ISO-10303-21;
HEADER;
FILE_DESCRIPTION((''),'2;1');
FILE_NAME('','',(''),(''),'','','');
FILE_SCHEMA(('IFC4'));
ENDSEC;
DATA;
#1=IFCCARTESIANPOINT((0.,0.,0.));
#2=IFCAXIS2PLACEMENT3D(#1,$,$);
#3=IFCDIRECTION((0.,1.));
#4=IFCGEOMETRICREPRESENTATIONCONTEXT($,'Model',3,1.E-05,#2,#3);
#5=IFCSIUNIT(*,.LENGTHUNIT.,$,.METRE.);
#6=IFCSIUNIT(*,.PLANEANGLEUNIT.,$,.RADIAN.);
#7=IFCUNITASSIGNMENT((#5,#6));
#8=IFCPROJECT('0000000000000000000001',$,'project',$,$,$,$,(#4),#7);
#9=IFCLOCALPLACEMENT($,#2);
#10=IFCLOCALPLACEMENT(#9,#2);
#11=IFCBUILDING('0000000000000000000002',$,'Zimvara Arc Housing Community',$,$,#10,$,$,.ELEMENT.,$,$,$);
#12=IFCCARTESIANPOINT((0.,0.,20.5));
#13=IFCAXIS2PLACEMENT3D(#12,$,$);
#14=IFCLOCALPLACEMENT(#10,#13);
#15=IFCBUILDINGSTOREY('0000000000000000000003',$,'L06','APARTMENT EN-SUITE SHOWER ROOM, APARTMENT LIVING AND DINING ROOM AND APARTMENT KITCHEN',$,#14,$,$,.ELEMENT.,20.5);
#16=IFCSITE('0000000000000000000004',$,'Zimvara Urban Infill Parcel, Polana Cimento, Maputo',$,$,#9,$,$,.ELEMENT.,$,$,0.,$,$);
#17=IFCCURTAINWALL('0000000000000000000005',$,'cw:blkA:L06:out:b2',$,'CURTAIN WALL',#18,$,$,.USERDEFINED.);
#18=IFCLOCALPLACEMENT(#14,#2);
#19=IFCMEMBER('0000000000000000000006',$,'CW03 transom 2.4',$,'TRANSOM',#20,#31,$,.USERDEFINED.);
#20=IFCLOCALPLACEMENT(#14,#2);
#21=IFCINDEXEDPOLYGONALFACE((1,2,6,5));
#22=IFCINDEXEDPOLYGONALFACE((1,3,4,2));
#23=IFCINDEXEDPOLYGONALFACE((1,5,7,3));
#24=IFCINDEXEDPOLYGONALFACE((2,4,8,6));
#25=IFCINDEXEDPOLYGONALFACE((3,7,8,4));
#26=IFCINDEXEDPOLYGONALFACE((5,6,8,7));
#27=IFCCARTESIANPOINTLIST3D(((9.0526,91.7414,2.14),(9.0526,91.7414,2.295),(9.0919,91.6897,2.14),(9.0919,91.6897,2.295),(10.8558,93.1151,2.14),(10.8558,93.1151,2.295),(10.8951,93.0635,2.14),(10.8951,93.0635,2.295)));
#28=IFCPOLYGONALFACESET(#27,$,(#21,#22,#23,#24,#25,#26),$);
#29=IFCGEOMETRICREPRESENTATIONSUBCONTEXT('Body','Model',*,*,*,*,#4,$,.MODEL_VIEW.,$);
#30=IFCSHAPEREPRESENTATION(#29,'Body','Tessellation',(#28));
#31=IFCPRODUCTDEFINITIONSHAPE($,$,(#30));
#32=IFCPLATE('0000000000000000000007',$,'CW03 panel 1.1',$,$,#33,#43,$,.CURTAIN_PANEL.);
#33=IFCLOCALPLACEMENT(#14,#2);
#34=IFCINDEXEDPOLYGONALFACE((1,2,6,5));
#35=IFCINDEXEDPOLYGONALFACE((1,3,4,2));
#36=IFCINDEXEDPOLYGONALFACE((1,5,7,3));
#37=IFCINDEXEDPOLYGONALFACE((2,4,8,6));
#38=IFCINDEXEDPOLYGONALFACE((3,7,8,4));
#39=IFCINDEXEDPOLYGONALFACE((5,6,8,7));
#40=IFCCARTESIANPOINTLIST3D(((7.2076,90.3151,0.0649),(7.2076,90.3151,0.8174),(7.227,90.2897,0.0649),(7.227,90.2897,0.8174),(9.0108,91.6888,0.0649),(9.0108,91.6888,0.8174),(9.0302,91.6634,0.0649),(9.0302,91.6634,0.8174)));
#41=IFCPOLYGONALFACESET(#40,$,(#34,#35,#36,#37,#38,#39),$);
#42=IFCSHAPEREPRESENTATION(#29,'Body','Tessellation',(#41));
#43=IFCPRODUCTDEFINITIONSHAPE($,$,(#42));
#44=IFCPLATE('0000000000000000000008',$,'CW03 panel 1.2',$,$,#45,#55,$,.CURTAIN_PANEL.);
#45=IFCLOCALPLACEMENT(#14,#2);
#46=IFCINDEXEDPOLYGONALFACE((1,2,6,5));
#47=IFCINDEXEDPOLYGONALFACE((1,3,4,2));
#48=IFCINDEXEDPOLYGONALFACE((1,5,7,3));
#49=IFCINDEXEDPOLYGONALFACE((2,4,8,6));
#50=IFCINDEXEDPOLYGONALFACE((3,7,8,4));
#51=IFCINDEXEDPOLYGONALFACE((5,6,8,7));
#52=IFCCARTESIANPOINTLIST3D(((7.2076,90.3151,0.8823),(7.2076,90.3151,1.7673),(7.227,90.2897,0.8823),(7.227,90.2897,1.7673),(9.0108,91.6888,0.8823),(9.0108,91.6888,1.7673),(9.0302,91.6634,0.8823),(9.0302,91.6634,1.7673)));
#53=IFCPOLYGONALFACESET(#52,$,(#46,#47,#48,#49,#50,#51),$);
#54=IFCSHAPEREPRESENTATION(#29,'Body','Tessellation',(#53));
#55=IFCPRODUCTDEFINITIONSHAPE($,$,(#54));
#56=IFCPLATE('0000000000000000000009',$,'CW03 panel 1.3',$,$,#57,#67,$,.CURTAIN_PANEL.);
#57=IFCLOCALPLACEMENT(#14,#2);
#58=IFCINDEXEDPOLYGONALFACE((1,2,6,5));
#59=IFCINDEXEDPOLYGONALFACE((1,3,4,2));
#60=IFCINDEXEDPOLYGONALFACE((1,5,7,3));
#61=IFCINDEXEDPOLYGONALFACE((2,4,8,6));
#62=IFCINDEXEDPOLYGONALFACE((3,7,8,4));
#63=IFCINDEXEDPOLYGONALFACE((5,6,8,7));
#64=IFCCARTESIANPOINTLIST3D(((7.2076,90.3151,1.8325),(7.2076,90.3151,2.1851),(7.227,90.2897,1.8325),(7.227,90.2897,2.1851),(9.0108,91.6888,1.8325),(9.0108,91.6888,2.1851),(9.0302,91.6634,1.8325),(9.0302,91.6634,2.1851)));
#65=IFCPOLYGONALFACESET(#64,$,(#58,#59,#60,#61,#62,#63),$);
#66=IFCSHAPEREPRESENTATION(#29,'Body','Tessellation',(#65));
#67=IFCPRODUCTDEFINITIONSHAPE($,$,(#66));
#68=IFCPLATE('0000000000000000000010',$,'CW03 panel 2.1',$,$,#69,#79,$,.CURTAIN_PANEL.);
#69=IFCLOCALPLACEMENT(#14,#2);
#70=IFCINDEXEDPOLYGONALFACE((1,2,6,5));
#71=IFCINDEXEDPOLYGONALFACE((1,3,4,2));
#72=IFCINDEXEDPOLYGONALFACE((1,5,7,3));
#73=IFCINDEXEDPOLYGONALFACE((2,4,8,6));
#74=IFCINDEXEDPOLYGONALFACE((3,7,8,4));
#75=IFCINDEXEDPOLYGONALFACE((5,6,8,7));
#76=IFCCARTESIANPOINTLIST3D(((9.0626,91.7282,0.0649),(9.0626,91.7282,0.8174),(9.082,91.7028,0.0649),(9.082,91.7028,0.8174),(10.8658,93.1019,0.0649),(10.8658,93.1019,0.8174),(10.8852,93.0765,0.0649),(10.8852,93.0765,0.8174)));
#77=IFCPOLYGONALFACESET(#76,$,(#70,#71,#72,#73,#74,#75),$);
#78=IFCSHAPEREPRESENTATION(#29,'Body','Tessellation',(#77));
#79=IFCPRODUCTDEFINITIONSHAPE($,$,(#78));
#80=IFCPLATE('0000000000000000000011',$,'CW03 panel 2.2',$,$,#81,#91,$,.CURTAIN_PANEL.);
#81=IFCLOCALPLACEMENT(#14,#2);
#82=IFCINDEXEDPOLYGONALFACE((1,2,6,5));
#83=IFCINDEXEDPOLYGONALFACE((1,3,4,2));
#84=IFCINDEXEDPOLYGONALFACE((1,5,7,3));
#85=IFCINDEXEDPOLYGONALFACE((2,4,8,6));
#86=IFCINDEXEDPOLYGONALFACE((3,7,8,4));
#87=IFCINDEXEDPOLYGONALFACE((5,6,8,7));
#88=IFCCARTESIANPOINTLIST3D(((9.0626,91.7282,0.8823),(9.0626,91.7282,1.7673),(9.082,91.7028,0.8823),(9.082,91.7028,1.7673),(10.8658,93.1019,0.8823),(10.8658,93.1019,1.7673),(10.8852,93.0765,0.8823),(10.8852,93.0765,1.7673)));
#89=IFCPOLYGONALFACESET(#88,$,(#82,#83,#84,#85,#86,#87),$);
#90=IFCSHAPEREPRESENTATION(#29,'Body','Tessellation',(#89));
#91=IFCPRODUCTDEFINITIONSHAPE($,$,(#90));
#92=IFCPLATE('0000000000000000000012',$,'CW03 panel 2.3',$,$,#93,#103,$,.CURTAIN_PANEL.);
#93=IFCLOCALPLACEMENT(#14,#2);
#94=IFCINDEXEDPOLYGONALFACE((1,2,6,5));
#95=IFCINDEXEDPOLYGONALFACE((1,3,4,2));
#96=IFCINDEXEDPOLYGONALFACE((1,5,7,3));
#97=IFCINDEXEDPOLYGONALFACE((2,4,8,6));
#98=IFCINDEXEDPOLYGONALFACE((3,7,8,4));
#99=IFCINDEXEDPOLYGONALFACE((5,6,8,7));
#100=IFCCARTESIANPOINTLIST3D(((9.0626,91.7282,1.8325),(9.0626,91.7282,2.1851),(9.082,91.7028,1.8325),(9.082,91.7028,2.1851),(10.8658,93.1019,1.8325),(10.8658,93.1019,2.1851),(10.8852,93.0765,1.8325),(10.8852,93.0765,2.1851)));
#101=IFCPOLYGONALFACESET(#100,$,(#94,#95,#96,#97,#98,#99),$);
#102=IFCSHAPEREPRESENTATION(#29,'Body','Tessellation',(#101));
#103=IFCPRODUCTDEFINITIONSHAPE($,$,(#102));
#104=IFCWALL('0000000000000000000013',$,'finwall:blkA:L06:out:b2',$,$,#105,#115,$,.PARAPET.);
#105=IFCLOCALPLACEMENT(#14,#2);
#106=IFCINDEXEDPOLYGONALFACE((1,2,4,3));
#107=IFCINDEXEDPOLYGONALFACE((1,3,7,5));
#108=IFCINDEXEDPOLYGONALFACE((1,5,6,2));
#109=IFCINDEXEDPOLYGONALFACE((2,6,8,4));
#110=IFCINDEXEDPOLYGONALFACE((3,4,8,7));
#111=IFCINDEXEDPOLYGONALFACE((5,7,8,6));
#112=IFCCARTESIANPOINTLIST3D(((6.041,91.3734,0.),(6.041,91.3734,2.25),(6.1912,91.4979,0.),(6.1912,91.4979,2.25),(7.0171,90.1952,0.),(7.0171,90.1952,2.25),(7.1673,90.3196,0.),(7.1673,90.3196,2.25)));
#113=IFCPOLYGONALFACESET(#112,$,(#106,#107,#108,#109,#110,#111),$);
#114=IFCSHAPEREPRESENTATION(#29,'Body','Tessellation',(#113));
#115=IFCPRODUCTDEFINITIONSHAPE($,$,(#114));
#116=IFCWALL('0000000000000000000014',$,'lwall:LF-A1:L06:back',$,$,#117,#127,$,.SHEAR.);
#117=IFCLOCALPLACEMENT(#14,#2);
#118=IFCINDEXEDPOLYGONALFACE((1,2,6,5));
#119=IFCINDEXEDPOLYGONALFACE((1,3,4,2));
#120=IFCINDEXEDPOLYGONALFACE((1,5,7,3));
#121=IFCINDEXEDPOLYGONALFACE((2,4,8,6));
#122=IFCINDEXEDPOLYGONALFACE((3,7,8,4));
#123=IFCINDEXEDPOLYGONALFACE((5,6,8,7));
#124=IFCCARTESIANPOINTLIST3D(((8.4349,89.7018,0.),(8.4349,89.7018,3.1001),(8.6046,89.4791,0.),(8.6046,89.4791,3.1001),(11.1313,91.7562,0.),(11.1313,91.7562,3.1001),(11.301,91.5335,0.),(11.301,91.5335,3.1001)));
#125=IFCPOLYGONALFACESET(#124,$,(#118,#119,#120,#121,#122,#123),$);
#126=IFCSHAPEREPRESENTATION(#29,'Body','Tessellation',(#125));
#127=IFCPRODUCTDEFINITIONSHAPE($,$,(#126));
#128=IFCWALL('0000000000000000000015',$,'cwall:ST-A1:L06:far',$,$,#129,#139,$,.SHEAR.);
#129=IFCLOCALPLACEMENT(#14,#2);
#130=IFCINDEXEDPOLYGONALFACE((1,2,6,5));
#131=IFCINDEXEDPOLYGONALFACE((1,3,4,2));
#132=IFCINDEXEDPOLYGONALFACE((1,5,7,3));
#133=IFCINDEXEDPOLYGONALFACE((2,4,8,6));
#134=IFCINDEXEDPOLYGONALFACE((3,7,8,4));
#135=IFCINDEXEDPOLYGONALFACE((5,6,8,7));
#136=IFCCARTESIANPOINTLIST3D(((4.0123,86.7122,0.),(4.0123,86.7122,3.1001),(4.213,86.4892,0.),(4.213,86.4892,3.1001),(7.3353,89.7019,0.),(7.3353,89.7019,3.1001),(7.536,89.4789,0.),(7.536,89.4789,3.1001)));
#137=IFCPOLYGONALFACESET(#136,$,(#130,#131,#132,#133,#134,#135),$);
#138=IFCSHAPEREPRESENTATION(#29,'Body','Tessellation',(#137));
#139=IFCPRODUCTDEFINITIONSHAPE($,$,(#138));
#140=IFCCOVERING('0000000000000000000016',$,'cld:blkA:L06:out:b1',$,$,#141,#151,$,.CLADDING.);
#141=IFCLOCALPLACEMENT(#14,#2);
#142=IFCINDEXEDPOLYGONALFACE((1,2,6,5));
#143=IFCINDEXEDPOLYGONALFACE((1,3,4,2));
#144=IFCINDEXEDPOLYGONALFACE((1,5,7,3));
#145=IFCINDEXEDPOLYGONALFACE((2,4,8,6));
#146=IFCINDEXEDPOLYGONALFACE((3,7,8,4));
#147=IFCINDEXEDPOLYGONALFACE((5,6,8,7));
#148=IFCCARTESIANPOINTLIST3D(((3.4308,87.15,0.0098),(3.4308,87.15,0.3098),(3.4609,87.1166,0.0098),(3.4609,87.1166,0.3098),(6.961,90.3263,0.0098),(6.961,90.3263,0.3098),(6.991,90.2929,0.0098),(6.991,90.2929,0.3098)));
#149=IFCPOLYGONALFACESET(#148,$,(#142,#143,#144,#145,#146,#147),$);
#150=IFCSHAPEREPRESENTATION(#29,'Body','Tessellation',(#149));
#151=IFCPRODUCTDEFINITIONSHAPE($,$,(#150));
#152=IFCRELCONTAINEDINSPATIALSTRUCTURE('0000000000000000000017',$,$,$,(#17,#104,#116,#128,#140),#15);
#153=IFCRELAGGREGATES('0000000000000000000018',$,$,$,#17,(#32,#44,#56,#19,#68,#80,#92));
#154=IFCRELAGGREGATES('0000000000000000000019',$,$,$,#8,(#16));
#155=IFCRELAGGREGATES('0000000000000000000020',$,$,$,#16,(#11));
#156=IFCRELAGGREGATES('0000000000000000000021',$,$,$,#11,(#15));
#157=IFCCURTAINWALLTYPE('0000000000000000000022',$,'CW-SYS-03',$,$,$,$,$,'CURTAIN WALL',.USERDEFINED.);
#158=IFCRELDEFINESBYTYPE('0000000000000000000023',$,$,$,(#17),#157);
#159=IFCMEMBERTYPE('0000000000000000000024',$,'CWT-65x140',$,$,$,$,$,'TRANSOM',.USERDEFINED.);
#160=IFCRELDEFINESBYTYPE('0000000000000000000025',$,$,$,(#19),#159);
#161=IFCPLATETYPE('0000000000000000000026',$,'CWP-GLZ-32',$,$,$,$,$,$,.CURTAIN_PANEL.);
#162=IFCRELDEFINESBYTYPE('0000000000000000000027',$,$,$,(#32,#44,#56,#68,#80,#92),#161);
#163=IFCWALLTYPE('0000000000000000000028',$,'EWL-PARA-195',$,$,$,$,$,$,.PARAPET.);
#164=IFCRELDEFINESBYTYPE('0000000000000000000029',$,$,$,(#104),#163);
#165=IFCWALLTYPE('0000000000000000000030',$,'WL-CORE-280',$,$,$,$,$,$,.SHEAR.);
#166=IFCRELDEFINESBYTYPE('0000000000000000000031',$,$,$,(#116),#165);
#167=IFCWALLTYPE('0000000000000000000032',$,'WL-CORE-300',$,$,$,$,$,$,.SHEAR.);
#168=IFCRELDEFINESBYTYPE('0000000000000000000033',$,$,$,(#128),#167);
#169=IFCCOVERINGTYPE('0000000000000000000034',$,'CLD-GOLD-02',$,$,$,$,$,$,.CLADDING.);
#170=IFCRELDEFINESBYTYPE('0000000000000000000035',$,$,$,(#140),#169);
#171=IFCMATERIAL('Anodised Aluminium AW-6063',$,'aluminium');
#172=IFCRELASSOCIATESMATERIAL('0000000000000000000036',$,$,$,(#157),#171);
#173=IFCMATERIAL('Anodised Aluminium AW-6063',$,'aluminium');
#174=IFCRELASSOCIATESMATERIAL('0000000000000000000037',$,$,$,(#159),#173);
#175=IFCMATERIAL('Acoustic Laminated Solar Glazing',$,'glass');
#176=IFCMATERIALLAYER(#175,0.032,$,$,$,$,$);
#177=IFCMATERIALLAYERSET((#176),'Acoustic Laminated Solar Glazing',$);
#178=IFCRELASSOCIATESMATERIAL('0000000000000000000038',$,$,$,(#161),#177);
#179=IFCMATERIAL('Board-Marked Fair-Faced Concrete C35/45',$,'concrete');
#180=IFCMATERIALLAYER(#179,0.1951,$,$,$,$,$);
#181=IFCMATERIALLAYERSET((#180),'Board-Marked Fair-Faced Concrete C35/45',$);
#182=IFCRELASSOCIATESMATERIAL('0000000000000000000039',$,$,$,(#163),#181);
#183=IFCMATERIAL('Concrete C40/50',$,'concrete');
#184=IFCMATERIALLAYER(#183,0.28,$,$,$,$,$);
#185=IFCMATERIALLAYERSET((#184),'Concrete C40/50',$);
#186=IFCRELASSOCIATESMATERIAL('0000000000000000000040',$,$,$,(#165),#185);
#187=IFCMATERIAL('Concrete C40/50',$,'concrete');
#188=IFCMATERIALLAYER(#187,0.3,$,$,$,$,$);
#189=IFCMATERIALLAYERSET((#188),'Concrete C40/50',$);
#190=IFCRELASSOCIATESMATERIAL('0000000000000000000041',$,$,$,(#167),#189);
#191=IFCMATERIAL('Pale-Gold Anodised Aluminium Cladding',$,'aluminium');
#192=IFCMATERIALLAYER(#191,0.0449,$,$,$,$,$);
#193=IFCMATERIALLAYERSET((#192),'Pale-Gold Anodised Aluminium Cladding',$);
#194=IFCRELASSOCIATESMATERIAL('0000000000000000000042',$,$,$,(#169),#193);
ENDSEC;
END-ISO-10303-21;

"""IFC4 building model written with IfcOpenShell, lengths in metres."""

from ifc_helpers import new_model, si_unit, direction, frame, frame_2d, origin, origin_2d, place, context, subcontext, project, spatial, rectangle, extrude, material, layer, layer_set, material_profile, profile_set, type_object, element, aggregate, save


model = new_model("IFC4")

# Units and contexts
model_context = context("Model", 3, precision=1e-05, world=origin(), true_north=direction((0.0, 1.0)))
body_context = subcontext(model_context, "Body", "Model", "MODEL_VIEW")
ifc_project = project(units=[si_unit("LENGTHUNIT", "METRE"), si_unit("PLANEANGLEUNIT", "RADIAN")], contexts=[model_context])

# Site, building, storey
site_placement = place(None, origin())
site = spatial("IfcSite", under=ifc_project, at=site_placement, Name="Zimvara Urban Infill Parcel, Polana Cimento, Maputo", CompositionType="ELEMENT", RefElevation=0.0)
building_placement = place(site_placement, origin())
building = spatial("IfcBuilding", under=site, at=building_placement, Name="Zimvara Arc Housing Community", CompositionType="ELEMENT")
storey_placement = place(building_placement, frame((0.0, 0.0, 20.5)))
storey = spatial("IfcBuildingStorey", under=building, at=storey_placement, Name="L06", Description="APARTMENT EN-SUITE SHOWER ROOM, APARTMENT LIVING AND DINING ROOM AND APARTMENT KITCHEN", CompositionType="ELEMENT", Elevation=20.5)

# Curtain wall, member, plates
ifc_material_1 = material(Name="Anodised Aluminium AW-6063", Category="aluminium")
curtain_wall_type = type_object("IfcCurtainWallType", Name="CW-SYS-03", ElementType="CURTAIN WALL", PredefinedType="USERDEFINED", material=ifc_material_1)
curtain_wall_placement = place(storey_placement, origin())
curtain_wall = element("IfcCurtainWall", 1, at=curtain_wall_placement, inside=storey, type_object=curtain_wall_type, Name="cw:blkA:L06:out:b2", ObjectType="CURTAIN WALL", PredefinedType="USERDEFINED")
ifc_material_2 = material(Name="Anodised Aluminium AW-6063", Category="aluminium")
ifc_material_profile_1 = material_profile(ifc_material_2, rectangle(XDim=0.0649, YDim=0.155, at=origin_2d()), Name="ALU 65x155")
ifc_profile_set_1 = profile_set([ifc_material_profile_1], Name="Anodised Aluminium AW-6063")
member_type_1 = type_object("IfcMemberType", Name="CWT-65x140", ElementType="TRANSOM", PredefinedType="USERDEFINED", material=ifc_profile_set_1)
member_1_placement = place(storey_placement, frame((9.0723, 91.7156, 2.2175), z_axis=(0.795454, 0.606014, 0.0), x_axis=(-0.606014, 0.795454, 0.0)))
member_1 = element("IfcMember", 2, at=member_1_placement, type_object=member_type_1, Name="CW03 transom 2.4", ObjectType="TRANSOM", PredefinedType="USERDEFINED", context=body_context, shape_type="SweptSolid", body=[
    extrude(rectangle(XDim=0.0649, YDim=0.155, at=origin_2d()), origin(), (0.0, 0.0, 1.0), 2.2668),
])
ifc_material_3 = material(Name="Acoustic Laminated Solar Glazing", Category="glass")
ifc_layer_1 = layer(ifc_material_3, 0.032)
ifc_layer_set_1 = layer_set([ifc_layer_1], Name="Acoustic Laminated Solar Glazing")
plate_type = type_object("IfcPlateType", Name="CWP-GLZ-32", PredefinedType="CURTAIN_PANEL", material=ifc_layer_set_1)
plate_1_placement = place(storey_placement, frame((8.1189, 90.9893, 0.0649), z_axis=(0.0, 0.0, 1.0), x_axis=(0.795474, 0.605988, 0.0)))
plate_1 = element("IfcPlate", 3, at=plate_1_placement, type_object=plate_type, Name="CW03 panel 1.1", PredefinedType="CURTAIN_PANEL", context=body_context, shape_type="SweptSolid", body=[
    extrude(rectangle(XDim=2.2668, YDim=0.032, at=origin_2d()), origin(), (0.0, 0.0, 1.0), 0.7524),
])
plate_2_placement = place(storey_placement, frame((8.1189, 90.9893, 0.8823), z_axis=(0.0, 0.0, 1.0), x_axis=(0.795474, 0.605988, 0.0)))
plate_2 = element("IfcPlate", 4, at=plate_2_placement, type_object=plate_type, Name="CW03 panel 1.2", PredefinedType="CURTAIN_PANEL", context=body_context, shape_type="SweptSolid", body=[
    extrude(rectangle(XDim=2.2668, YDim=0.032, at=origin_2d()), origin(), (0.0, 0.0, 1.0), 0.885),
])
plate_3_placement = place(storey_placement, frame((8.1189, 90.9893, 1.8325), z_axis=(0.0, 0.0, 1.0), x_axis=(0.795474, 0.605988, 0.0)))
plate_3 = element("IfcPlate", 5, at=plate_3_placement, type_object=plate_type, Name="CW03 panel 1.3", PredefinedType="CURTAIN_PANEL", context=body_context, shape_type="SweptSolid", body=[
    extrude(rectangle(XDim=2.2668, YDim=0.032, at=origin_2d()), origin(), (0.0, 0.0, 1.0), 0.3525),
])
plate_4_placement = place(storey_placement, frame((9.9739, 92.4023, 0.0649), z_axis=(0.0, 0.0, 1.0), x_axis=(0.795474, 0.605988, 0.0)))
plate_4 = element("IfcPlate", 6, at=plate_4_placement, type_object=plate_type, Name="CW03 panel 2.1", PredefinedType="CURTAIN_PANEL", context=body_context, shape_type="SweptSolid", body=[
    extrude(rectangle(XDim=2.2668, YDim=0.032, at=origin_2d()), origin(), (0.0, 0.0, 1.0), 0.7524),
])
plate_5_placement = place(storey_placement, frame((9.9739, 92.4023, 0.8823), z_axis=(0.0, 0.0, 1.0), x_axis=(0.795474, 0.605988, 0.0)))
plate_5 = element("IfcPlate", 7, at=plate_5_placement, type_object=plate_type, Name="CW03 panel 2.2", PredefinedType="CURTAIN_PANEL", context=body_context, shape_type="SweptSolid", body=[
    extrude(rectangle(XDim=2.2668, YDim=0.032, at=origin_2d()), origin(), (0.0, 0.0, 1.0), 0.885),
])
plate_6_placement = place(storey_placement, frame((9.9739, 92.4023, 1.8325), z_axis=(0.0, 0.0, 1.0), x_axis=(0.795474, 0.605988, 0.0)))
plate_6 = element("IfcPlate", 8, at=plate_6_placement, type_object=plate_type, Name="CW03 panel 2.3", PredefinedType="CURTAIN_PANEL", context=body_context, shape_type="SweptSolid", body=[
    extrude(rectangle(XDim=2.2668, YDim=0.032, at=origin_2d()), origin(), (0.0, 0.0, 1.0), 0.3525),
])
aggregate(curtain_wall, [plate_1, plate_2, plate_3, member_1, plate_4, plate_5, plate_6])

# Wall
ifc_material_4 = material(Name="Board-Marked Fair-Faced Concrete C35/45", Category="concrete")
ifc_layer_2 = layer(ifc_material_4, 0.1951)
ifc_layer_set_2 = layer_set([ifc_layer_2], Name="Board-Marked Fair-Faced Concrete C35/45")
wall_type_1 = type_object("IfcWallType", Name="EWL-PARA-195", PredefinedType="PARAPET", material=ifc_layer_set_2)
wall_1_placement = place(storey_placement, frame((7.0923, 90.2573, 0.0), z_axis=(0.0, 0.0, 1.0), x_axis=(-0.637953, 0.770075, 0.0)))
element("IfcWall", 9, at=wall_1_placement, inside=storey, type_object=wall_type_1, Name="finwall:blkA:L06:out:b2", PredefinedType="PARAPET", context=body_context, shape_type="SweptSolid", body=[
    extrude(rectangle(XDim=1.53, YDim=0.1951, at=frame_2d((0.7651, 0.0))), origin(), (0.0, 0.0, 1.0), 2.25),
])

# Walls
ifc_material_5 = material(Name="Concrete C40/50", Category="concrete")
ifc_layer_3 = layer(ifc_material_5, 0.28)
ifc_layer_set_3 = layer_set([ifc_layer_3], Name="Concrete C40/50")
wall_type_2 = type_object("IfcWallType", Name="WL-CORE-280", PredefinedType="SHEAR", material=ifc_layer_set_3)
wall_2_placement = place(storey_placement, frame((11.2161, 91.6448, 0.0), z_axis=(0.0, 0.0, 1.0), x_axis=(-0.79544, -0.606032, 0.0)))
element("IfcWall", 10, at=wall_2_placement, inside=storey, type_object=wall_type_2, Name="lwall:LF-A1:L06:back", PredefinedType="SHEAR", context=body_context, shape_type="SweptSolid", body=[
    extrude(rectangle(XDim=3.3899, YDim=0.28, at=frame_2d((1.6948, 0.0))), origin(), (0.0, 0.0, 1.0), 3.1001),
])
ifc_material_6 = material(Name="Concrete C40/50", Category="concrete")
ifc_layer_4 = layer(ifc_material_6, 0.3)
ifc_layer_set_4 = layer_set([ifc_layer_4], Name="Concrete C40/50")
wall_type_3 = type_object("IfcWallType", Name="WL-CORE-300", PredefinedType="SHEAR", material=ifc_layer_set_4)
wall_3_placement = place(storey_placement, frame((7.4355, 89.5903, 0.0), z_axis=(0.0, 0.0, 1.0), x_axis=(-0.7434, -0.668847, 0.0)))
element("IfcWall", 11, at=wall_3_placement, inside=storey, type_object=wall_type_3, Name="cwall:ST-A1:L06:far", PredefinedType="SHEAR", context=body_context, shape_type="SweptSolid", body=[
    extrude(rectangle(XDim=4.47, YDim=0.3, at=frame_2d((2.2349, 0.0))), origin(), (0.0, 0.0, 1.0), 3.1001),
])

# Covering
ifc_material_7 = material(Name="Pale-Gold Anodised Aluminium Cladding", Category="aluminium")
ifc_layer_5 = layer(ifc_material_7, 0.0449)
ifc_layer_set_5 = layer_set([ifc_layer_5], Name="Pale-Gold Anodised Aluminium Cladding")
covering_type = type_object("IfcCoveringType", Name="CLD-GOLD-02", PredefinedType="CLADDING", material=ifc_layer_set_5)
covering_placement = place(storey_placement, frame((5.2109, 88.7214, 0.0098), z_axis=(0.0, 0.0, 1.0), x_axis=(0.743377, 0.668872, 0.0)))
element("IfcCovering", 12, at=covering_placement, inside=storey, type_object=covering_type, Name="cld:blkA:L06:out:b1", PredefinedType="CLADDING", context=body_context, shape_type="SweptSolid", body=[
    extrude(rectangle(XDim=4.7488, YDim=0.0449, at=origin_2d()), origin(), (0.0, 0.0, 1.0), 0.3),
])

save(model, "model.ifc")
